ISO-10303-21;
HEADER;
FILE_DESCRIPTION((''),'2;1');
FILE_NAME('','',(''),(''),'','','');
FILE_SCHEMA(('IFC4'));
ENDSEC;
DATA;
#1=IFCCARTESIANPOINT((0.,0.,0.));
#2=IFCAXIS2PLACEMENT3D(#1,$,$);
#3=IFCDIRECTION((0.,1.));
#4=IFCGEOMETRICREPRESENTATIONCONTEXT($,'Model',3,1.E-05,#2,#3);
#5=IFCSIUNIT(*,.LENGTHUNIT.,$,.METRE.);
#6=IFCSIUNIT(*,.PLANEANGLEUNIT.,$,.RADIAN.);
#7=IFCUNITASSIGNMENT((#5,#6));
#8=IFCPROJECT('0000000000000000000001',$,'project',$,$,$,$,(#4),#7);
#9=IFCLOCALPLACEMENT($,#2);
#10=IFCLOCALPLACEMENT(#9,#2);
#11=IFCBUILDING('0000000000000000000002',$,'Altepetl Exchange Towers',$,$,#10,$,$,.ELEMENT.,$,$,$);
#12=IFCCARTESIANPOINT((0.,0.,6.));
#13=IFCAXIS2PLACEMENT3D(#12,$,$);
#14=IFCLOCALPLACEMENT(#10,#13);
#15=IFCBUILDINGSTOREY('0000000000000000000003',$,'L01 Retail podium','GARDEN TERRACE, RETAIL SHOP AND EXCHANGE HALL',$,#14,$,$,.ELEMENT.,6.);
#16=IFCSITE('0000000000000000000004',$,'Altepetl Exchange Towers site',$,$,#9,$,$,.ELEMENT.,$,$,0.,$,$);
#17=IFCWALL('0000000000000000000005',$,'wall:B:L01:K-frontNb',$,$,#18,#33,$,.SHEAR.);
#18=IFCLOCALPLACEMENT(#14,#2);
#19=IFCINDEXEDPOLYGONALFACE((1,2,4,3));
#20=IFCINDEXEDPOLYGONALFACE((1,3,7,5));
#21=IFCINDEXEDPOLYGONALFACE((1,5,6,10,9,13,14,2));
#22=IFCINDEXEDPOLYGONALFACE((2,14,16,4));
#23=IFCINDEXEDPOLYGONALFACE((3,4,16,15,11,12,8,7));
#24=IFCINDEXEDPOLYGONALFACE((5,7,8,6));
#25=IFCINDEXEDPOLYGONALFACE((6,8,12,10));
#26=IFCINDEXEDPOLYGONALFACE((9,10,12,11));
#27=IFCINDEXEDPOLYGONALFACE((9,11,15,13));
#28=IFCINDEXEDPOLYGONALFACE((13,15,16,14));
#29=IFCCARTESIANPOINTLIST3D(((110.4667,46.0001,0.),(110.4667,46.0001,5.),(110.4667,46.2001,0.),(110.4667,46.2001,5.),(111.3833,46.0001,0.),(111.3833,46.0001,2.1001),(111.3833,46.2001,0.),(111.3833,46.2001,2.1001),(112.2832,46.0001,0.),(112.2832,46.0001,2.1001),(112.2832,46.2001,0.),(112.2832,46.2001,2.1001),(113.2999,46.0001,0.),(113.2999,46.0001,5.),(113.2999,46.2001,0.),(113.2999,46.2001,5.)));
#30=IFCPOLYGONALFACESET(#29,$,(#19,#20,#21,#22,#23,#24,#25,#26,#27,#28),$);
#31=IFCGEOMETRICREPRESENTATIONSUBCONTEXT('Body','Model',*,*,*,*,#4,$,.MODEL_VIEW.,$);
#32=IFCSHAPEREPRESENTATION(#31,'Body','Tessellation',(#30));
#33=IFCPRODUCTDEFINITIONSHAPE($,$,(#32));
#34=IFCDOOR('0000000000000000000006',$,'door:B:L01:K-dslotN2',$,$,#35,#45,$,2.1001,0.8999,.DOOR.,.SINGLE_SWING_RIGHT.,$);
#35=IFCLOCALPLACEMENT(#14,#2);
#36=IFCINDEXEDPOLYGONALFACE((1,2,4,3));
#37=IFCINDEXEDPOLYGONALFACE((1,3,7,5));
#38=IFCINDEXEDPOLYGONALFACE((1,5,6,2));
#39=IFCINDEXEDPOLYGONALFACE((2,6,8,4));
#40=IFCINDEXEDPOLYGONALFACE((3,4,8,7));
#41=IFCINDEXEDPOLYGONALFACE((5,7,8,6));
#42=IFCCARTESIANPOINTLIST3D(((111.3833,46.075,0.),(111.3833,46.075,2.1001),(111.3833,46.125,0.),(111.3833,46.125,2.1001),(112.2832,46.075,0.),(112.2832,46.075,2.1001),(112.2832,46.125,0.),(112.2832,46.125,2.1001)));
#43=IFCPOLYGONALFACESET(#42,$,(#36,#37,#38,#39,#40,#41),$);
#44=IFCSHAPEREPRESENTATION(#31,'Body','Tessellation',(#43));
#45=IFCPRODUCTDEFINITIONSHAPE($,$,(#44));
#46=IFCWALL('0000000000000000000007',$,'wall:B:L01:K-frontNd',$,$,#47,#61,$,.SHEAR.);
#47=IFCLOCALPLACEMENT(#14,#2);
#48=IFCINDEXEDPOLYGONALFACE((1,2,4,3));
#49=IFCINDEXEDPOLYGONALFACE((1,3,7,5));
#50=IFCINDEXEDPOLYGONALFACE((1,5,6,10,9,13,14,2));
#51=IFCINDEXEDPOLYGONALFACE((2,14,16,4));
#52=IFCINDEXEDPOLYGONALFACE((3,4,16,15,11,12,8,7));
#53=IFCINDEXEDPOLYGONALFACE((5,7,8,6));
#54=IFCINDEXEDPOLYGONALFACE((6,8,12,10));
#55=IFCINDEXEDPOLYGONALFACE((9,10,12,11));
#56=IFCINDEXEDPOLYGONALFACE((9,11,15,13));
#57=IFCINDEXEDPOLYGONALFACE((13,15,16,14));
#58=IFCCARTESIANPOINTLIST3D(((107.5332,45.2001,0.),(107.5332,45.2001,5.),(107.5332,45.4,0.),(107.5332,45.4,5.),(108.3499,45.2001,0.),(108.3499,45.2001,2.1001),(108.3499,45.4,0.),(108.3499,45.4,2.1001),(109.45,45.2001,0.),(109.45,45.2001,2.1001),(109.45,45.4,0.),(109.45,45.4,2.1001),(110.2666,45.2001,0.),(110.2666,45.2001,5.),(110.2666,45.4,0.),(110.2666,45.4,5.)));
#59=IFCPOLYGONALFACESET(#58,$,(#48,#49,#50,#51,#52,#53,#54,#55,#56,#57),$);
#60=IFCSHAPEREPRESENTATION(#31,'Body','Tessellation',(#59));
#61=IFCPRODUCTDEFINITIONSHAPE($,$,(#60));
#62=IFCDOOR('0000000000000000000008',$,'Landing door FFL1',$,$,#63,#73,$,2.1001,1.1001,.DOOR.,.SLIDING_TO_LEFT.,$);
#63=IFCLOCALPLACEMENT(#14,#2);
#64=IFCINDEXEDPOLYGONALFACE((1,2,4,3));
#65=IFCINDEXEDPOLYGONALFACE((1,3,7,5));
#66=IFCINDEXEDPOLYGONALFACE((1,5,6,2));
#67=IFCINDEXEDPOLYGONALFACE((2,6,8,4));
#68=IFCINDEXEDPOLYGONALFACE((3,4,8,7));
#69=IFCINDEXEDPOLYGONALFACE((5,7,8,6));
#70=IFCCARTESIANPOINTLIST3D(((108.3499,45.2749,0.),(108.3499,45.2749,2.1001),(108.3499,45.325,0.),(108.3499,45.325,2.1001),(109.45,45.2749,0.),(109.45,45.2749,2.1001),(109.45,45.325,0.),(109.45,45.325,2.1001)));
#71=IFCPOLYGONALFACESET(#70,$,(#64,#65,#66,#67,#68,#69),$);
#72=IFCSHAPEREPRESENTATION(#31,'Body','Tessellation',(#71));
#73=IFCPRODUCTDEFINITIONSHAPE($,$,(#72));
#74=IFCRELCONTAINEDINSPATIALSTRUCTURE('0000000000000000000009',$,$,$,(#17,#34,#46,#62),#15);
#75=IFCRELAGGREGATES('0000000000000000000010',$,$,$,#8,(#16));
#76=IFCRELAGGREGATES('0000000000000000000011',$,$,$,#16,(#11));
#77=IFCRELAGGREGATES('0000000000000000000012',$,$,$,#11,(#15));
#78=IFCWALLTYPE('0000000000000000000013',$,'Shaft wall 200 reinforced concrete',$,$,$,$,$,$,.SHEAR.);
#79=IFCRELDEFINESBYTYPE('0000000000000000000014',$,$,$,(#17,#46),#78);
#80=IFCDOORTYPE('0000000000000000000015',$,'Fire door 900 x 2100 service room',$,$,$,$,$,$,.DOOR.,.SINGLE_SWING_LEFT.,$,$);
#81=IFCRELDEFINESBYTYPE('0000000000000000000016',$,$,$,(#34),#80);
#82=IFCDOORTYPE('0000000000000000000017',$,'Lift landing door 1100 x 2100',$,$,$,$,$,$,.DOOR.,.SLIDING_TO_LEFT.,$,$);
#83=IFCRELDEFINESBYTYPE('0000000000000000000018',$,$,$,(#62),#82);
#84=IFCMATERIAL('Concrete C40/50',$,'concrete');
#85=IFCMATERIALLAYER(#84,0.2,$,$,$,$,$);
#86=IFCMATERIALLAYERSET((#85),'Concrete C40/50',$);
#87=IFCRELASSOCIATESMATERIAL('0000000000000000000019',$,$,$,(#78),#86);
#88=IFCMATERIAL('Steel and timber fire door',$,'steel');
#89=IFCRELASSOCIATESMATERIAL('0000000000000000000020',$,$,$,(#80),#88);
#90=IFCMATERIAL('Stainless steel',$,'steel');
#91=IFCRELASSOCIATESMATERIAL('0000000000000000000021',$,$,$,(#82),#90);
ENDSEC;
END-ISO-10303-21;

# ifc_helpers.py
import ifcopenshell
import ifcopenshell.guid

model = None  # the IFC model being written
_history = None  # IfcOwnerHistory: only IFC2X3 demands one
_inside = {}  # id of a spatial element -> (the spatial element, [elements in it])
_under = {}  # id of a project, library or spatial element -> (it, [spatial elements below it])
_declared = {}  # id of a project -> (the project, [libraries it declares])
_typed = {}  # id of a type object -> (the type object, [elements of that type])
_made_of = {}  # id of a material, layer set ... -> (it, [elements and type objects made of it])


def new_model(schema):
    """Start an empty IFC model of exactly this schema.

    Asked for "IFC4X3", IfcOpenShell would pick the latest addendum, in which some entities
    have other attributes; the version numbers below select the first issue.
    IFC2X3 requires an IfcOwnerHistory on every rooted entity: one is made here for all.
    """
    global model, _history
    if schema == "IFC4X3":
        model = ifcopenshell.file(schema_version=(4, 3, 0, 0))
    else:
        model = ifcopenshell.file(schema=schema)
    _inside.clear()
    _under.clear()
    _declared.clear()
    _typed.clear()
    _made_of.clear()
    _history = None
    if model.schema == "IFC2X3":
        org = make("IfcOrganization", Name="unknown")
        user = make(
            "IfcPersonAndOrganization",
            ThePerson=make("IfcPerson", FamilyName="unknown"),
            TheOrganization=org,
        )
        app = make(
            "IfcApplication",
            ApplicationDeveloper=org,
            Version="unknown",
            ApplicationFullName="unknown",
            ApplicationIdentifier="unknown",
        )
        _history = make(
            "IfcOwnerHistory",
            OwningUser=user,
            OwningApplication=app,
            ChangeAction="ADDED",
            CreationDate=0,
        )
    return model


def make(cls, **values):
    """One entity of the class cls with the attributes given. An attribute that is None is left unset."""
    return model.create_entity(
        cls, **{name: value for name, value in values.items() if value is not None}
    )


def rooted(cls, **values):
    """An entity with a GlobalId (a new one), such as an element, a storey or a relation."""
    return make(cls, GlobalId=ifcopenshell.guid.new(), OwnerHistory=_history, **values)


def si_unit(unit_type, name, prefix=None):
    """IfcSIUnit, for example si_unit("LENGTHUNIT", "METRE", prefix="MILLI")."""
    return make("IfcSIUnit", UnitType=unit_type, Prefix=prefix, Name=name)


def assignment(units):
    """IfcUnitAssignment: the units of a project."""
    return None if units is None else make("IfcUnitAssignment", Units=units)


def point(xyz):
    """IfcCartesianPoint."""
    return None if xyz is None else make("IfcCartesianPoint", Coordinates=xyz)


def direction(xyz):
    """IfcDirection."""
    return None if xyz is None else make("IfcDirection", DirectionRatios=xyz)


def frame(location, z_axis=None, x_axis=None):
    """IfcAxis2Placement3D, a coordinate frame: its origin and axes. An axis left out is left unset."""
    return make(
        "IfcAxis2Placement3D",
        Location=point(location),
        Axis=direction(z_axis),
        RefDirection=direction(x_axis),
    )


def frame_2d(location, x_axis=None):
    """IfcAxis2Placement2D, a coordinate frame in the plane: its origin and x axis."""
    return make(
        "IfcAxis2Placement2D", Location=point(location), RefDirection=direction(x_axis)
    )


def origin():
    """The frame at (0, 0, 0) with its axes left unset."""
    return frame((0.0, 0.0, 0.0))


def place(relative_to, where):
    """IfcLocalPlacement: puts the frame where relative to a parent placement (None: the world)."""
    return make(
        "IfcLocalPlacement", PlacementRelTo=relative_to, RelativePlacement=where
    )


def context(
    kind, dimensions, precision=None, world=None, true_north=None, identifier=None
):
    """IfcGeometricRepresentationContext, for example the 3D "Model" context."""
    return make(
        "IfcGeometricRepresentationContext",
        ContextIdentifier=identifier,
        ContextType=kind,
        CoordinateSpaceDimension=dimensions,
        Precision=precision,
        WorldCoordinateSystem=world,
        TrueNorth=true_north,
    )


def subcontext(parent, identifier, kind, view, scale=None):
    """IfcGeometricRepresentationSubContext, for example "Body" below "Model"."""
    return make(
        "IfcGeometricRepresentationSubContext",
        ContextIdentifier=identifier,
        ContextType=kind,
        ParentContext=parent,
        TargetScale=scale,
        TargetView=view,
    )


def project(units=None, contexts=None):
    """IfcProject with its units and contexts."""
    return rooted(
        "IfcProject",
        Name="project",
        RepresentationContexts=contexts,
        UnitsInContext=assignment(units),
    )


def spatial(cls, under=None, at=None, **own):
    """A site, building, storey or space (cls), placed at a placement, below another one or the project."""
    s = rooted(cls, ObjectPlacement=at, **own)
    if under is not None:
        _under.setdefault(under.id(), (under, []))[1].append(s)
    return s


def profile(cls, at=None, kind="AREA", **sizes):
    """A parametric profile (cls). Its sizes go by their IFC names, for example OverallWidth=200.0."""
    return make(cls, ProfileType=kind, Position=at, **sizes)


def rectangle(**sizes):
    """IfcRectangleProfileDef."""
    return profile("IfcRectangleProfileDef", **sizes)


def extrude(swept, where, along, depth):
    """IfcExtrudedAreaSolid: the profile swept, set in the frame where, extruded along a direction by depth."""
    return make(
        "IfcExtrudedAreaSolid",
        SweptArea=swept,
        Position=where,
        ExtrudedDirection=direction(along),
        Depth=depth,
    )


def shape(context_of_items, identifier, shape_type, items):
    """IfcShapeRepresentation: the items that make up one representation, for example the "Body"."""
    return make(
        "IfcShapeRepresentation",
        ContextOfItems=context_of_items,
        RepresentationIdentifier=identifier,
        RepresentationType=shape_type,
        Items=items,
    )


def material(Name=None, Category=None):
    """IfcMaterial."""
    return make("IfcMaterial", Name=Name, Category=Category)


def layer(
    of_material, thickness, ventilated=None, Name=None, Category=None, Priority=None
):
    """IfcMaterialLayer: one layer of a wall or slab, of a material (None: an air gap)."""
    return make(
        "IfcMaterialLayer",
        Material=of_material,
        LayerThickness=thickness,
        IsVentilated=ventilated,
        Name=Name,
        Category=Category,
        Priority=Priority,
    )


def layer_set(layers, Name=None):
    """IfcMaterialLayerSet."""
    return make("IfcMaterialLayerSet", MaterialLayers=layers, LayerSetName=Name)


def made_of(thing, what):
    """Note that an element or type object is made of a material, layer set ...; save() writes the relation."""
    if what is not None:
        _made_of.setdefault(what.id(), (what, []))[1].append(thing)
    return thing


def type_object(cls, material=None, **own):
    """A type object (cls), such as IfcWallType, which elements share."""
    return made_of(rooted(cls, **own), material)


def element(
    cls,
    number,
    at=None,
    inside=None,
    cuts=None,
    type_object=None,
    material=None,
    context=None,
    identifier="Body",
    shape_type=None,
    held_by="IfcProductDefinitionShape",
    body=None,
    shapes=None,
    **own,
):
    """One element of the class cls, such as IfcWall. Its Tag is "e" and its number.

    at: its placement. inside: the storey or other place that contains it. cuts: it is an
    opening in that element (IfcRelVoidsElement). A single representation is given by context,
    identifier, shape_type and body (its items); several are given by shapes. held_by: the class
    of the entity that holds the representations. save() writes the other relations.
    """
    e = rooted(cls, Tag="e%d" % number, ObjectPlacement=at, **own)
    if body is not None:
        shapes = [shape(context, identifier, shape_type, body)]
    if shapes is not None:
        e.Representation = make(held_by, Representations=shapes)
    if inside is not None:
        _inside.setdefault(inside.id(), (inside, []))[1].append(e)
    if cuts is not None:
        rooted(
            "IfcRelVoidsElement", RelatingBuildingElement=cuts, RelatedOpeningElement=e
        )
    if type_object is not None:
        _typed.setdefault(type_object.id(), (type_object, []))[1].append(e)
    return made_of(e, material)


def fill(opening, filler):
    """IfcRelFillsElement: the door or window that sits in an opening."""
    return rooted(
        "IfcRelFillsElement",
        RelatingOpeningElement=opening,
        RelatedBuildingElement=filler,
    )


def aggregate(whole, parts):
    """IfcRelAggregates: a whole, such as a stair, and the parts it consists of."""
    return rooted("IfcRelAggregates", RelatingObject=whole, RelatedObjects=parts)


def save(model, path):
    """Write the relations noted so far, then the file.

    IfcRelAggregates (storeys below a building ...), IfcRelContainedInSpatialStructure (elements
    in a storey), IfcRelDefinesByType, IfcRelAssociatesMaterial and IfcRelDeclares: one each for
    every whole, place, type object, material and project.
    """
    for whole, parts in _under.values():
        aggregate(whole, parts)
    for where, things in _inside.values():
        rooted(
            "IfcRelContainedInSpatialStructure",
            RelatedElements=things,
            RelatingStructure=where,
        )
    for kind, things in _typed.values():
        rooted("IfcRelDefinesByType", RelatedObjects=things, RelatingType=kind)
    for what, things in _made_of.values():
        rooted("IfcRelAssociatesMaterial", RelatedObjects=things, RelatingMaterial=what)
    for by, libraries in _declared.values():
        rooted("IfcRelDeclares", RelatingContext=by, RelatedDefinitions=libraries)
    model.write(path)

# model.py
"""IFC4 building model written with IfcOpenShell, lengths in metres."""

from ifc_helpers import new_model, si_unit, direction, frame, frame_2d, origin, place, context, subcontext, project, spatial, rectangle, extrude, material, layer, layer_set, type_object, element, fill, save


model = new_model("IFC4")

# Units and contexts
model_context = context("Model", 3, precision=1e-05, world=origin(), true_north=direction((0.0, 1.0)))
body_context = subcontext(model_context, "Body", "Model", "MODEL_VIEW")
ifc_project = project(units=[si_unit("LENGTHUNIT", "METRE"), si_unit("PLANEANGLEUNIT", "RADIAN")], contexts=[model_context])

# Site, building, storey
site_placement = place(None, origin())
site = spatial("IfcSite", under=ifc_project, at=site_placement, Name="Altepetl Exchange Towers site", CompositionType="ELEMENT", RefElevation=0.0)
building_placement = place(site_placement, origin())
building = spatial("IfcBuilding", under=site, at=building_placement, Name="Altepetl Exchange Towers", CompositionType="ELEMENT")
storey_placement = place(building_placement, frame((0.0, 0.0, 6.0)))
storey = spatial("IfcBuildingStorey", under=building, at=storey_placement, Name="L01 Retail podium", Description="GARDEN TERRACE, RETAIL SHOP AND EXCHANGE HALL", CompositionType="ELEMENT", Elevation=6.0)

# Shared definitions
ifc_material_1 = material(Name="Steel and timber fire door", Category="steel")

# Shared definitions
ifc_material_2 = material(Name="Concrete C40/50", Category="concrete")
ifc_layer_1 = layer(ifc_material_2, 0.2)
ifc_layer_set_1 = layer_set([ifc_layer_1], Name="Concrete C40/50")
wall_type_1 = type_object("IfcWallType", Name="Shaft wall 200 reinforced concrete", PredefinedType="SHEAR", material=ifc_layer_set_1)

# Walls, openings, doors
door_type_1 = type_object("IfcDoorType", Name="Fire door 900 x 2100 service room", OperationType="SINGLE_SWING_LEFT", PredefinedType="DOOR", material=ifc_material_1)
wall_1_placement = place(storey_placement, frame((110.4668, 46.1001, 0.0)))
wall_1 = element("IfcWall", 1, at=wall_1_placement, inside=storey, type_object=wall_type_1, Name="wall:B:L01:K-frontNb", PredefinedType="SHEAR", context=body_context, shape_type="SweptSolid", body=[
    extrude(rectangle(XDim=2.8333, YDim=0.2, at=frame_2d((1.4165, 0.0))), origin(), (0.0, 0.0, 1.0), 5.0),
])
opening_1_placement = place(wall_1_placement, frame((0.9165, 0.0, 0.0)))
opening_1 = element("IfcOpeningElement", 2, at=opening_1_placement, cuts=wall_1, PredefinedType="OPENING", context=body_context, shape_type="SweptSolid", body=[
    extrude(rectangle(XDim=0.8999, YDim=2.1001, at=frame_2d((0.45, 1.05))), frame((0.0, 0.1099, 0.0), z_axis=(0.0, -1.0, 0.0), x_axis=(1.0, 0.0, 0.0)), (0.0, 0.0, 1.0), 0.22),
])
door_1_placement = place(opening_1_placement, origin())
door_1 = element("IfcDoor", 3, at=door_1_placement, inside=storey, type_object=door_type_1, Name="door:B:L01:K-dslotN2", OperationType="SINGLE_SWING_RIGHT", OverallHeight=2.1001, OverallWidth=0.8999, PredefinedType="DOOR", context=body_context, shape_type="SweptSolid", body=[
    extrude(rectangle(XDim=0.8999, YDim=2.1001, at=frame_2d((0.45, 1.05))), frame((0.0, 0.0249, 0.0), z_axis=(0.0, -1.0, 0.0), x_axis=(1.0, 0.0, 0.0)), (0.0, 0.0, 1.0), 0.05),
])
fill(opening_1, door_1)
wall_2_placement = place(storey_placement, frame((107.5332, 45.3, 0.0)))
wall_2 = element("IfcWall", 4, at=wall_2_placement, inside=storey, type_object=wall_type_1, Name="wall:B:L01:K-frontNd", PredefinedType="SHEAR", context=body_context, shape_type="SweptSolid", body=[
    extrude(rectangle(XDim=2.7334, YDim=0.2, at=frame_2d((1.3667, 0.0))), origin(), (0.0, 0.0, 1.0), 5.0),
])
opening_2_placement = place(wall_2_placement, frame((0.8167, 0.0, 0.0)))
opening_2 = element("IfcOpeningElement", 5, at=opening_2_placement, cuts=wall_2, PredefinedType="OPENING", context=body_context, shape_type="SweptSolid", body=[
    extrude(rectangle(XDim=1.1001, YDim=2.1001, at=frame_2d((0.55, 1.05))), frame((0.0, 0.1099, 0.0), z_axis=(0.0, -1.0, 0.0), x_axis=(1.0, 0.0, 0.0)), (0.0, 0.0, 1.0), 0.22),
])
ifc_material_3 = material(Name="Stainless steel", Category="steel")
door_type_2 = type_object("IfcDoorType", Name="Lift landing door 1100 x 2100", OperationType="SLIDING_TO_LEFT", PredefinedType="DOOR", material=ifc_material_3)
door_2_placement = place(opening_2_placement, origin())
door_2 = element("IfcDoor", 6, at=door_2_placement, inside=storey, type_object=door_type_2, Name="Landing door FFL1", OperationType="SLIDING_TO_LEFT", OverallHeight=2.1001, OverallWidth=1.1001, PredefinedType="DOOR", context=body_context, shape_type="SweptSolid", body=[
    extrude(rectangle(XDim=1.1001, YDim=2.1001, at=frame_2d((0.55, 1.05))), frame((0.0, 0.0249, 0.0), z_axis=(0.0, -1.0, 0.0), x_axis=(1.0, 0.0, 0.0)), (0.0, 0.0, 1.0), 0.05),
])
fill(opening_2, door_2)

save(model, "model.ifc")
